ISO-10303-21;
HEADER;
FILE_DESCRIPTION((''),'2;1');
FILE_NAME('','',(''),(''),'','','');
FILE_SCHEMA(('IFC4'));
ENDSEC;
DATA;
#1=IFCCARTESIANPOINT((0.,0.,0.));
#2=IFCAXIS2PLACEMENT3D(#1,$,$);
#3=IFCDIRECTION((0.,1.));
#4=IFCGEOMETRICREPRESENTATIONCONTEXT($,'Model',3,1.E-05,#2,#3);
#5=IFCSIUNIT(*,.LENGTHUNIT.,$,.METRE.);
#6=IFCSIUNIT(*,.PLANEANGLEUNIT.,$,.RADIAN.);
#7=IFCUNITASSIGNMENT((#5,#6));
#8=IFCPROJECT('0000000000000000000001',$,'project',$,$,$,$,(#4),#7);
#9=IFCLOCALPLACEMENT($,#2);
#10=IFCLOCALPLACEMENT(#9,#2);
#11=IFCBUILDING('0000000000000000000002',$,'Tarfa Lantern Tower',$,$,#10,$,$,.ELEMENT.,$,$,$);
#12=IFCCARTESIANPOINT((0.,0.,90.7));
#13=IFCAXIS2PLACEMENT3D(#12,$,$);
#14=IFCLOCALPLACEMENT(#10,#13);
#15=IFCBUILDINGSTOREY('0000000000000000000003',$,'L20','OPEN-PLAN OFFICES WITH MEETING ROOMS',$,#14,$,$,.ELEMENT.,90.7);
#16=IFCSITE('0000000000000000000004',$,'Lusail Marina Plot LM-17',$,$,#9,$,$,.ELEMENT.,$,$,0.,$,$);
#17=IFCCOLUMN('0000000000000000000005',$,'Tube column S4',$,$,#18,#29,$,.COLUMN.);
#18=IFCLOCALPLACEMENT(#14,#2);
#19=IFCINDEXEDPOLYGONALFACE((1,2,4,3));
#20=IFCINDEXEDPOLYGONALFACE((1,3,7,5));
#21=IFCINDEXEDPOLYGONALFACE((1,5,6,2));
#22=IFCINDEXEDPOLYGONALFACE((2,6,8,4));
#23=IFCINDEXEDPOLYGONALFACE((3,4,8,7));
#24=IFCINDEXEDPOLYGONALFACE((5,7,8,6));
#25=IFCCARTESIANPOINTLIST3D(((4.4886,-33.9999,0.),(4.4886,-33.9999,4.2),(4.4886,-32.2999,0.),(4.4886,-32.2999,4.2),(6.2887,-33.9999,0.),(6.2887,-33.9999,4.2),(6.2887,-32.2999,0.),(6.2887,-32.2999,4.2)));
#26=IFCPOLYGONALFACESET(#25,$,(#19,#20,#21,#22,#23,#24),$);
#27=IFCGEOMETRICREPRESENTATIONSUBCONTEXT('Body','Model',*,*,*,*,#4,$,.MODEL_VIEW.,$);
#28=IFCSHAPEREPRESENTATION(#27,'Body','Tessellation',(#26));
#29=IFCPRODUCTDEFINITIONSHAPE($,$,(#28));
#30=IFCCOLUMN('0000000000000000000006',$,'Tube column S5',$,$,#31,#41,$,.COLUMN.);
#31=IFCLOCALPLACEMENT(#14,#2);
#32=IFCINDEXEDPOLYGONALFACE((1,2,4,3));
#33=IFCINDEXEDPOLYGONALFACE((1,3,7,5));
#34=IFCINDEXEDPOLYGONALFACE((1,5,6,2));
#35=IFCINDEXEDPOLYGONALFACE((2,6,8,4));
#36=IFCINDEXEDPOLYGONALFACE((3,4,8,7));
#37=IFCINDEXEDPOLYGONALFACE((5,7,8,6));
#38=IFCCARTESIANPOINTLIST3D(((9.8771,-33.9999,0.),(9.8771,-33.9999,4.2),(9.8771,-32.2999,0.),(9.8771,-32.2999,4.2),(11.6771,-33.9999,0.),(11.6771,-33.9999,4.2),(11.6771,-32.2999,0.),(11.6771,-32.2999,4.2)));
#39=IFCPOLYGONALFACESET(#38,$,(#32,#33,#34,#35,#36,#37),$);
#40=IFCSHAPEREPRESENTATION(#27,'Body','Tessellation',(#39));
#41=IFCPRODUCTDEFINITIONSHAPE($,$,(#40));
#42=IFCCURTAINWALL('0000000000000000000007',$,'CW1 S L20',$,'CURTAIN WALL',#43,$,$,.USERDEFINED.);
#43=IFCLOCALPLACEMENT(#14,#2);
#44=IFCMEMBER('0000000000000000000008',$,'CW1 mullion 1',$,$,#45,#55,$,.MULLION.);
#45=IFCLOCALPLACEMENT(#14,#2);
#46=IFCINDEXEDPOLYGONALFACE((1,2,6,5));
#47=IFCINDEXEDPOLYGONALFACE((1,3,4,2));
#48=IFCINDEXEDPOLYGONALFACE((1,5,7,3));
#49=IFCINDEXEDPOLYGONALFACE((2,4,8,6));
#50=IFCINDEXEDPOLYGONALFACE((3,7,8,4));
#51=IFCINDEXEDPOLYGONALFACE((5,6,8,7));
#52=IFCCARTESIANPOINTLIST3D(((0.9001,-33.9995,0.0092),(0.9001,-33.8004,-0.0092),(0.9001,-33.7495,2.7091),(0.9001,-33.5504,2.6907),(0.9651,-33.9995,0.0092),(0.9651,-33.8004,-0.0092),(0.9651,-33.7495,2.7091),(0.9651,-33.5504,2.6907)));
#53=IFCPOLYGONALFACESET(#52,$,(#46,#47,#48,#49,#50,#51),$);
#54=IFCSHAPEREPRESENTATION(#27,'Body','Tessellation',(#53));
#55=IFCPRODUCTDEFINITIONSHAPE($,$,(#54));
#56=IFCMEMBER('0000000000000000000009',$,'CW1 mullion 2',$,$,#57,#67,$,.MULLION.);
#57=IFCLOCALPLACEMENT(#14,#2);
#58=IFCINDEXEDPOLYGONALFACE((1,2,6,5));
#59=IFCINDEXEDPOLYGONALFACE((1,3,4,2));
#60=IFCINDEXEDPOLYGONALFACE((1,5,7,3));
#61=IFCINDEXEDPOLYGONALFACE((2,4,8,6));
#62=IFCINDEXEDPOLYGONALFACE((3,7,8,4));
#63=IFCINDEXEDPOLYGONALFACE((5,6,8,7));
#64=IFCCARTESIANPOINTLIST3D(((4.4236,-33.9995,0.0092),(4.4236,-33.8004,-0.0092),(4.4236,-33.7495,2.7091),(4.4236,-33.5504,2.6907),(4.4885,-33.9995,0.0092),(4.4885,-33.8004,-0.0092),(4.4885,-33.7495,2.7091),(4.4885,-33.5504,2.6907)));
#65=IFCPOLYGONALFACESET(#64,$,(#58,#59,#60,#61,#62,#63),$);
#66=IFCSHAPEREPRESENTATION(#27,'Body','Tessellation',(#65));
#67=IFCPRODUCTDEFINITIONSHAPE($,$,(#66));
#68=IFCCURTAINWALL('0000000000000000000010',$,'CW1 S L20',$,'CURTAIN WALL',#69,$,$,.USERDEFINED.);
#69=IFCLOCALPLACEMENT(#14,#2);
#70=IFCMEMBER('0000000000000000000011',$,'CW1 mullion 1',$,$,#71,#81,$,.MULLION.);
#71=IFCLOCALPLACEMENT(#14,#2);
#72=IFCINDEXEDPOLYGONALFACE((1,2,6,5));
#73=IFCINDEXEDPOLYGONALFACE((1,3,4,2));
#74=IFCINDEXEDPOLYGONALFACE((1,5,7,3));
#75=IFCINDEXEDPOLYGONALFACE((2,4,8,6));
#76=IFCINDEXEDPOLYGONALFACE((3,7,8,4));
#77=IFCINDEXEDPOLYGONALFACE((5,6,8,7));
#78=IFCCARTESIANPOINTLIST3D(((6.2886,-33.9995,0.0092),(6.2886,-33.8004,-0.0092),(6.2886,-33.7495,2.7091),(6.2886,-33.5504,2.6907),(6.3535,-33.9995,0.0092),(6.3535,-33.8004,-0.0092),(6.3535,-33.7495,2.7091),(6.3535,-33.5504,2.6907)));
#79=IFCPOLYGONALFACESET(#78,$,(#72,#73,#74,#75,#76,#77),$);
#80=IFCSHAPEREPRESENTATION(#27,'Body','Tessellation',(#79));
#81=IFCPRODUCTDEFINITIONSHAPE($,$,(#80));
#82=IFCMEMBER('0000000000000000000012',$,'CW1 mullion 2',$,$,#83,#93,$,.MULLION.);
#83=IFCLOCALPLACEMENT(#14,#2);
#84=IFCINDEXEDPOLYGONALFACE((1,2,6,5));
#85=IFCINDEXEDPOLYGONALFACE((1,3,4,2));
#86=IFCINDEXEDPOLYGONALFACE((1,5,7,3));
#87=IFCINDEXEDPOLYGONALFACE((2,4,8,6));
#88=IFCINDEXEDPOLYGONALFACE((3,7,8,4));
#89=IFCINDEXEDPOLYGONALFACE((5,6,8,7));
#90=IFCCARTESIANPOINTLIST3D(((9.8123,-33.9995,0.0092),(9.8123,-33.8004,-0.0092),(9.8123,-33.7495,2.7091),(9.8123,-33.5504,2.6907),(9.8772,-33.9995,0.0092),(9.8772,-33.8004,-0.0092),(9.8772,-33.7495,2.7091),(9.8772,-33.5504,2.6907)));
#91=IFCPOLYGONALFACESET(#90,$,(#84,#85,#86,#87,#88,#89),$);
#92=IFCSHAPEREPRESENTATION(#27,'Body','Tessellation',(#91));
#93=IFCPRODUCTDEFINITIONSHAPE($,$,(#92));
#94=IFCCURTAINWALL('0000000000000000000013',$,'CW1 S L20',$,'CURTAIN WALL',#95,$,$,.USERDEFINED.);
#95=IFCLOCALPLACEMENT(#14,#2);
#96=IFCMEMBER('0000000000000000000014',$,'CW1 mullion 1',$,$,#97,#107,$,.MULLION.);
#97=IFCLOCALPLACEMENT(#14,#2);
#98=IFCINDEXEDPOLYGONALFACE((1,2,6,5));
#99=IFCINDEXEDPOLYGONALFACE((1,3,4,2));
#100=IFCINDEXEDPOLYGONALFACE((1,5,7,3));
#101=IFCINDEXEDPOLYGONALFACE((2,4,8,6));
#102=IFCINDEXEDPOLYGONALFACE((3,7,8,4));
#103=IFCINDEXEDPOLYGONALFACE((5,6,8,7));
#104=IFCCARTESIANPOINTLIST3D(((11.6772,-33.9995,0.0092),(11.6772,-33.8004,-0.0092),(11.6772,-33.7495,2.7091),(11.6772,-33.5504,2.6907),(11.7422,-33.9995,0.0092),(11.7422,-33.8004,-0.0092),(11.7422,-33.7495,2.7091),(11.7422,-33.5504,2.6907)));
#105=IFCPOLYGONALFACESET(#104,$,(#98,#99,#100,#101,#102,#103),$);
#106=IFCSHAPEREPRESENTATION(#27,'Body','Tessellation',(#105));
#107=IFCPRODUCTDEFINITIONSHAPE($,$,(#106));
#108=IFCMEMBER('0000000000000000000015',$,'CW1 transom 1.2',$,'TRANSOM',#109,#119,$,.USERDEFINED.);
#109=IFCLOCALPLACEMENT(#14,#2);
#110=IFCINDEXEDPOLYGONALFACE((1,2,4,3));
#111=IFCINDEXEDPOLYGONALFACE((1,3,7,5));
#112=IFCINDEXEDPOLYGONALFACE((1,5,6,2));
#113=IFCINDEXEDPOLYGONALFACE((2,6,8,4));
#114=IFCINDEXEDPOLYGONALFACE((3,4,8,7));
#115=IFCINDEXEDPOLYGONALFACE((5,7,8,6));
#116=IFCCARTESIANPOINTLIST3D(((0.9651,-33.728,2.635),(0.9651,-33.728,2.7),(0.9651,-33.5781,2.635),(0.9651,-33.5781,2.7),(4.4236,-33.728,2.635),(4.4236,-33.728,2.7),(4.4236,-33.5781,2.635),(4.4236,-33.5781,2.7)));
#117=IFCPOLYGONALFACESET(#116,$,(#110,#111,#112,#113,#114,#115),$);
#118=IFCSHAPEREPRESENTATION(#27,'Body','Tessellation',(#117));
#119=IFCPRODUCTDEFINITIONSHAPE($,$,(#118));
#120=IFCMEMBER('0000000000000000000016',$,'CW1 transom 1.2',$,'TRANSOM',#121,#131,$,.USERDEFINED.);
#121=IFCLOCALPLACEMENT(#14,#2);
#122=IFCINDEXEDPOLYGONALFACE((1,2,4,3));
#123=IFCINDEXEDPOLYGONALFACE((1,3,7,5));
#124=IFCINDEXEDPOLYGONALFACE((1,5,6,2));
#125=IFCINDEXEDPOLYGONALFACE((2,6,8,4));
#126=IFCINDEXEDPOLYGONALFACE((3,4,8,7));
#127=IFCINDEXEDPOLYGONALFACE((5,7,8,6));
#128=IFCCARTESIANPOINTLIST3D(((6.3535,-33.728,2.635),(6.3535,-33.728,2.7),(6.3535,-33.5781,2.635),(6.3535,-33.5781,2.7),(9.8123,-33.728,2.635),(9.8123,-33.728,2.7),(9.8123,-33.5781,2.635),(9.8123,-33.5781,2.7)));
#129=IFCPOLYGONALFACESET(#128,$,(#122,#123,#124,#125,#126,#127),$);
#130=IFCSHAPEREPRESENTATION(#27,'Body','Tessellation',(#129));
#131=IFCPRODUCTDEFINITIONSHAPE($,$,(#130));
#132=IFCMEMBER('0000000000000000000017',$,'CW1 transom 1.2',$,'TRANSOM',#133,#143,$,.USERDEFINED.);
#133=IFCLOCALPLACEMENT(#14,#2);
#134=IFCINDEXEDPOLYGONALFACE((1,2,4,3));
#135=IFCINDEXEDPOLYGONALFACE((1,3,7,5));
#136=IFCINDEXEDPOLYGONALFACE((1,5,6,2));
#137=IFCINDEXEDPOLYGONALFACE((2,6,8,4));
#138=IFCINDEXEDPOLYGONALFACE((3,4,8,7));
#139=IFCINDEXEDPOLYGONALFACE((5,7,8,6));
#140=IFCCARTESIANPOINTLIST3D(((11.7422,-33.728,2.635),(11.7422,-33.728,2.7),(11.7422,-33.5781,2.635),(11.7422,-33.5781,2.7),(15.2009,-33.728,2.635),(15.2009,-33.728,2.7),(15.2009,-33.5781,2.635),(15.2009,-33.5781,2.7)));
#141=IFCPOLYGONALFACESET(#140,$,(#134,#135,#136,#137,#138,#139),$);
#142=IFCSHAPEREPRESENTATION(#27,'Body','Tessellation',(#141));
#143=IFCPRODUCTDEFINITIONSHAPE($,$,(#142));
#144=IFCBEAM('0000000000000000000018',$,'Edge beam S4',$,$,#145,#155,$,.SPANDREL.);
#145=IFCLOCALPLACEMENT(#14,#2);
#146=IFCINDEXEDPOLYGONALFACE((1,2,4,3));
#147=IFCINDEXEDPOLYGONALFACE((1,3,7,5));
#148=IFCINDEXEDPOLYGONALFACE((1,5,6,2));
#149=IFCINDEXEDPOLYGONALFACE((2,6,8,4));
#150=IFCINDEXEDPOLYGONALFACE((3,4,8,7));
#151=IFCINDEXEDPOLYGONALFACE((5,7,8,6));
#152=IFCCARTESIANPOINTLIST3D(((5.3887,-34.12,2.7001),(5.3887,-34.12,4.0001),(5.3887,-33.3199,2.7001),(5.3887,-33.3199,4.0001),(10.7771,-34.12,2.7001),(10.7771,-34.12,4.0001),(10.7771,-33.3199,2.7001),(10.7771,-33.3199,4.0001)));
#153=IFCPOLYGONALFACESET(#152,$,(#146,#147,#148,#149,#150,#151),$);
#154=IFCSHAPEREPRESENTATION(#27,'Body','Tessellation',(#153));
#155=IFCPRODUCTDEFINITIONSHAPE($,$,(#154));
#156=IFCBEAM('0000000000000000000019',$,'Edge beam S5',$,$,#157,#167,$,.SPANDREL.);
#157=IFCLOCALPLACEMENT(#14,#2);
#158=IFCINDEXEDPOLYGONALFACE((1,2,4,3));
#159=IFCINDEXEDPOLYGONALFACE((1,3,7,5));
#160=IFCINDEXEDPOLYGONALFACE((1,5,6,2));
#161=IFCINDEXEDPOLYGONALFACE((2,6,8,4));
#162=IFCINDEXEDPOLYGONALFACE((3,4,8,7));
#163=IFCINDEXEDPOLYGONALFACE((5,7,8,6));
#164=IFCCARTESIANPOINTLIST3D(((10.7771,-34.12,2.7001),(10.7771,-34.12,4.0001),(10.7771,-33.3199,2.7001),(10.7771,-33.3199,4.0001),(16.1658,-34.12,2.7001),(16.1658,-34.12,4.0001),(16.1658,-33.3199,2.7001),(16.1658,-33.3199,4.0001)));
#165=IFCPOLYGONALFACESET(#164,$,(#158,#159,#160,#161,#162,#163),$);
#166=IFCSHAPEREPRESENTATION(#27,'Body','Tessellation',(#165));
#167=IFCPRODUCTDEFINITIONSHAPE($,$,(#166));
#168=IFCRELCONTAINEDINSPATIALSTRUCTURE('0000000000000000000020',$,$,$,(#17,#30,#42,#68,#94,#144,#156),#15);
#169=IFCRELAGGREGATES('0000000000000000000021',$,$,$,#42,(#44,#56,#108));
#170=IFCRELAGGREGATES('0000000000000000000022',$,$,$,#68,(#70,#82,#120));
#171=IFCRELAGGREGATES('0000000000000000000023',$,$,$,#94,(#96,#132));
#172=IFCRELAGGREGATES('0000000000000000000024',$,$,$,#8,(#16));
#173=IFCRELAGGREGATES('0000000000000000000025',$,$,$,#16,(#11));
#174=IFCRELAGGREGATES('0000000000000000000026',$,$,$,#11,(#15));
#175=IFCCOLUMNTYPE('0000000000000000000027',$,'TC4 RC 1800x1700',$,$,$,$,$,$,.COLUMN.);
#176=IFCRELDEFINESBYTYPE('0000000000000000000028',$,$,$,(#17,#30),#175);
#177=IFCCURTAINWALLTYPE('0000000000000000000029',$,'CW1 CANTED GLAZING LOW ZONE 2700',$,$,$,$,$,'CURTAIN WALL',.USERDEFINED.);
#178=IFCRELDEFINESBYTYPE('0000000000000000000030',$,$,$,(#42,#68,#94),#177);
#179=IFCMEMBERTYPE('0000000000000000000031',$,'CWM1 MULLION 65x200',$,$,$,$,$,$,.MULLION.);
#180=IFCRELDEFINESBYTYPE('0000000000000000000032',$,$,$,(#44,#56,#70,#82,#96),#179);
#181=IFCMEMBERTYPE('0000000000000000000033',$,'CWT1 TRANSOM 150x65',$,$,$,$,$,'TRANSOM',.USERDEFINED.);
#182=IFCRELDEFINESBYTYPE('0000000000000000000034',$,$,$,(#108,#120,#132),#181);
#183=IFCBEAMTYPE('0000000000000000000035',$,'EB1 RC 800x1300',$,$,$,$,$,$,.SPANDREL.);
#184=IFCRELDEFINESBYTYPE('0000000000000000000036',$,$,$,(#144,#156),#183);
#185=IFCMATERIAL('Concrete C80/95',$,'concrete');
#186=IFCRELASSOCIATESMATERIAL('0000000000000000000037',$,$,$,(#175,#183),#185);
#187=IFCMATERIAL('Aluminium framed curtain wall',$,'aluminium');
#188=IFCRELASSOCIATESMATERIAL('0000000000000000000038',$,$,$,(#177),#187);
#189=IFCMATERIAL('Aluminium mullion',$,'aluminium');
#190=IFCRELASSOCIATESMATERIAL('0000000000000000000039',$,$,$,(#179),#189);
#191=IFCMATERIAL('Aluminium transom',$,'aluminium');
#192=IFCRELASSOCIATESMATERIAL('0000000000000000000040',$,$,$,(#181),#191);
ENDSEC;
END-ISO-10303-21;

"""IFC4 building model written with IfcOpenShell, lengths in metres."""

from ifc_helpers import new_model, si_unit, direction, frame, origin, origin_2d, place, context, subcontext, project, spatial, rectangle, extrude, material, material_profile, profile_set, type_object, element, aggregate, save


model = new_model("IFC4")

# Units and contexts
model_context = context("Model", 3, precision=1e-05, world=origin(), true_north=direction((0.0, 1.0)))
body_context = subcontext(model_context, "Body", "Model", "MODEL_VIEW")
ifc_project = project(units=[si_unit("LENGTHUNIT", "METRE"), si_unit("PLANEANGLEUNIT", "RADIAN")], contexts=[model_context])

# Site, building, storey
site_placement = place(None, origin())
site = spatial("IfcSite", under=ifc_project, at=site_placement, Name="Lusail Marina Plot LM-17", CompositionType="ELEMENT", RefElevation=0.0)
building_placement = place(site_placement, origin())
building = spatial("IfcBuilding", under=site, at=building_placement, Name="Tarfa Lantern Tower", CompositionType="ELEMENT")
storey_placement = place(building_placement, frame((0.0, 0.0, 90.7)))
storey = spatial("IfcBuildingStorey", under=building, at=storey_placement, Name="L20", Description="OPEN-PLAN OFFICES WITH MEETING ROOMS", CompositionType="ELEMENT", Elevation=90.7)

# Columns
ifc_material_1 = material(Name="Concrete C80/95", Category="concrete")
ifc_material_profile_1 = material_profile(ifc_material_1, rectangle(XDim=1.8, YDim=1.7, at=origin_2d()), Name="RC 1800x1700")
ifc_profile_set_1 = profile_set([ifc_material_profile_1], Name="Concrete C80/95")
column_type = type_object("IfcColumnType", Name="TC4 RC 1800x1700", PredefinedType="COLUMN", material=ifc_profile_set_1)
for number, where, z_axis, x_axis, name in (
    (1, (5.3887, -33.1499, 0.0), (0.0, 0.0, 1.0), (1.0, 0.0, 0.0), "Tube column S4"),
    (2, (10.7771, -33.1499, 0.0), (0.0, 0.0, 1.0), (1.0, 0.0, 0.0), "Tube column S5"),
):
    element("IfcColumn", number, at=place(storey_placement, frame(where, z_axis=z_axis, x_axis=x_axis)), inside=storey, type_object=column_type, Name=name, PredefinedType="COLUMN", context=body_context, shape_type="SweptSolid", body=[
        extrude(rectangle(XDim=1.8, YDim=1.7, at=origin_2d()), origin(), (0.0, 0.0, 1.0), 4.2),
    ])

# Curtain walls, members
ifc_material_2 = material(Name="Aluminium framed curtain wall", Category="aluminium")
curtain_wall_type = type_object("IfcCurtainWallType", Name="CW1 CANTED GLAZING LOW ZONE 2700", ElementType="CURTAIN WALL", PredefinedType="USERDEFINED", material=ifc_material_2)
curtain_wall_1_placement = place(storey_placement, origin())
curtain_wall_1 = element("IfcCurtainWall", 3, at=curtain_wall_1_placement, inside=storey, type_object=curtain_wall_type, Name="CW1 S L20", ObjectType="CURTAIN WALL", PredefinedType="USERDEFINED")
ifc_material_3 = material(Name="Aluminium mullion", Category="aluminium")
ifc_material_profile_2 = material_profile(ifc_material_3, rectangle(XDim=0.0649, YDim=0.2, at=origin_2d()), Name="AL MULLION 65x200")
ifc_profile_set_2 = profile_set([ifc_material_profile_2], Name="Aluminium mullion")
member_type_1 = type_object("IfcMemberType", Name="CWM1 MULLION 65x200", PredefinedType="MULLION", material=ifc_profile_set_2)
member_1_placement = place(storey_placement, frame((0.9326, -33.8999, 0.0), z_axis=(0.0, 0.0922, 0.995741), x_axis=(-1.0, 0.0, 0.0)))
member_1 = element("IfcMember", 4, at=member_1_placement, type_object=member_type_1, Name="CW1 mullion 1", PredefinedType="MULLION", context=body_context, shape_type="SweptSolid", body=[
    extrude(rectangle(XDim=0.0649, YDim=0.2, at=origin_2d()), origin(), (0.0, 0.0, 1.0), 2.7114),
])
member_2_placement = place(storey_placement, frame((4.4561, -33.8999, 0.0), z_axis=(0.0, 0.0922, 0.995741), x_axis=(-1.0, 0.0, 0.0)))
member_2 = element("IfcMember", 5, at=member_2_placement, type_object=member_type_1, Name="CW1 mullion 2", PredefinedType="MULLION", context=body_context, shape_type="SweptSolid", body=[
    extrude(rectangle(XDim=0.0649, YDim=0.2, at=origin_2d()), origin(), (0.0, 0.0, 1.0), 2.7114),
])
curtain_wall_2_placement = place(storey_placement, origin())
curtain_wall_2 = element("IfcCurtainWall", 6, at=curtain_wall_2_placement, inside=storey, type_object=curtain_wall_type, Name="CW1 S L20", ObjectType="CURTAIN WALL", PredefinedType="USERDEFINED")
member_3_placement = place(storey_placement, frame((6.321, -33.8999, 0.0), z_axis=(0.0, 0.0922, 0.995741), x_axis=(-1.0, 0.0, 0.0)))
member_3 = element("IfcMember", 7, at=member_3_placement, type_object=member_type_1, Name="CW1 mullion 1", PredefinedType="MULLION", context=body_context, shape_type="SweptSolid", body=[
    extrude(rectangle(XDim=0.0649, YDim=0.2, at=origin_2d()), origin(), (0.0, 0.0, 1.0), 2.7114),
])
member_4_placement = place(storey_placement, frame((9.8447, -33.8999, 0.0), z_axis=(0.0, 0.0922, 0.995741), x_axis=(-1.0, 0.0, 0.0)))
member_4 = element("IfcMember", 8, at=member_4_placement, type_object=member_type_1, Name="CW1 mullion 2", PredefinedType="MULLION", context=body_context, shape_type="SweptSolid", body=[
    extrude(rectangle(XDim=0.0649, YDim=0.2, at=origin_2d()), origin(), (0.0, 0.0, 1.0), 2.7114),
])

# Curtain wall, member
curtain_wall_3_placement = place(storey_placement, origin())
curtain_wall_3 = element("IfcCurtainWall", 9, at=curtain_wall_3_placement, inside=storey, type_object=curtain_wall_type, Name="CW1 S L20", ObjectType="CURTAIN WALL", PredefinedType="USERDEFINED")
member_5_placement = place(storey_placement, frame((11.7097, -33.8999, 0.0), z_axis=(0.0, 0.0922, 0.995741), x_axis=(-1.0, 0.0, 0.0)))
member_5 = element("IfcMember", 10, at=member_5_placement, type_object=member_type_1, Name="CW1 mullion 1", PredefinedType="MULLION", context=body_context, shape_type="SweptSolid", body=[
    extrude(rectangle(XDim=0.0649, YDim=0.2, at=origin_2d()), origin(), (0.0, 0.0, 1.0), 2.7114),
])

# Members
ifc_material_4 = material(Name="Aluminium transom", Category="aluminium")
ifc_material_profile_3 = material_profile(ifc_material_4, rectangle(XDim=0.1499, YDim=0.0649, at=origin_2d()), Name="AL TRANSOM 150x65")
ifc_profile_set_3 = profile_set([ifc_material_profile_3], Name="Aluminium transom")
member_type_2 = type_object("IfcMemberType", Name="CWT1 TRANSOM 150x65", ElementType="TRANSOM", PredefinedType="USERDEFINED", material=ifc_profile_set_3)
member_6_placement = place(storey_placement, frame((0.9651, -33.6531, 2.6675), z_axis=(1.0, 0.0, 0.0), x_axis=(0.0, 1.0, 0.0)))
member_6 = element("IfcMember", 11, at=member_6_placement, type_object=member_type_2, Name="CW1 transom 1.2", ObjectType="TRANSOM", PredefinedType="USERDEFINED", context=body_context, shape_type="SweptSolid", body=[
    extrude(rectangle(XDim=0.1499, YDim=0.0649, at=origin_2d()), origin(), (0.0, 0.0, 1.0), 3.4585),
])
member_7_placement = place(storey_placement, frame((6.3535, -33.6531, 2.6675), z_axis=(1.0, 0.0, 0.0), x_axis=(0.0, 1.0, 0.0)))
member_7 = element("IfcMember", 12, at=member_7_placement, type_object=member_type_2, Name="CW1 transom 1.2", ObjectType="TRANSOM", PredefinedType="USERDEFINED", context=body_context, shape_type="SweptSolid", body=[
    extrude(rectangle(XDim=0.1499, YDim=0.0649, at=origin_2d()), origin(), (0.0, 0.0, 1.0), 3.4587),
])
member_8_placement = place(storey_placement, frame((11.7422, -33.6531, 2.6675), z_axis=(1.0, 0.0, 0.0), x_axis=(0.0, 1.0, 0.0)))
member_8 = element("IfcMember", 13, at=member_8_placement, type_object=member_type_2, Name="CW1 transom 1.2", ObjectType="TRANSOM", PredefinedType="USERDEFINED", context=body_context, shape_type="SweptSolid", body=[
    extrude(rectangle(XDim=0.1499, YDim=0.0649, at=origin_2d()), origin(), (0.0, 0.0, 1.0), 3.4587),
])

# Beams
ifc_material_profile_4 = material_profile(ifc_material_1, rectangle(XDim=0.8, YDim=1.3, at=origin_2d()), Name="RC 800x1300")
ifc_profile_set_4 = profile_set([ifc_material_profile_4], Name="Concrete C80/95")
beam_type_1 = type_object("IfcBeamType", Name="EB1 RC 800x1300", PredefinedType="SPANDREL", material=ifc_profile_set_4)
beam_1_placement = place(storey_placement, frame((5.3887, -33.72, 3.3501), z_axis=(1.0, 0.0, 0.0), x_axis=(0.0, 1.0, 0.0)))
element("IfcBeam", 14, at=beam_1_placement, inside=storey, type_object=beam_type_1, Name="Edge beam S4", PredefinedType="SPANDREL", context=body_context, shape_type="SweptSolid", body=[
    extrude(rectangle(XDim=0.8, YDim=1.3, at=origin_2d()), origin(), (0.0, 0.0, 1.0), 5.3884),
])
beam_2_placement = place(storey_placement, frame((10.7771, -33.72, 3.3501), z_axis=(1.0, 0.0, 0.0), x_axis=(0.0, 1.0, 0.0)))
element("IfcBeam", 15, at=beam_2_placement, inside=storey, type_object=beam_type_1, Name="Edge beam S5", PredefinedType="SPANDREL", context=body_context, shape_type="SweptSolid", body=[
    extrude(rectangle(XDim=0.8, YDim=1.3, at=origin_2d()), origin(), (0.0, 0.0, 1.0), 5.3887),
])

aggregate(curtain_wall_1, [member_1, member_2, member_6])
aggregate(curtain_wall_2, [member_3, member_4, member_7])
aggregate(curtain_wall_3, [member_5, member_8])

save(model, "model.ifc")
